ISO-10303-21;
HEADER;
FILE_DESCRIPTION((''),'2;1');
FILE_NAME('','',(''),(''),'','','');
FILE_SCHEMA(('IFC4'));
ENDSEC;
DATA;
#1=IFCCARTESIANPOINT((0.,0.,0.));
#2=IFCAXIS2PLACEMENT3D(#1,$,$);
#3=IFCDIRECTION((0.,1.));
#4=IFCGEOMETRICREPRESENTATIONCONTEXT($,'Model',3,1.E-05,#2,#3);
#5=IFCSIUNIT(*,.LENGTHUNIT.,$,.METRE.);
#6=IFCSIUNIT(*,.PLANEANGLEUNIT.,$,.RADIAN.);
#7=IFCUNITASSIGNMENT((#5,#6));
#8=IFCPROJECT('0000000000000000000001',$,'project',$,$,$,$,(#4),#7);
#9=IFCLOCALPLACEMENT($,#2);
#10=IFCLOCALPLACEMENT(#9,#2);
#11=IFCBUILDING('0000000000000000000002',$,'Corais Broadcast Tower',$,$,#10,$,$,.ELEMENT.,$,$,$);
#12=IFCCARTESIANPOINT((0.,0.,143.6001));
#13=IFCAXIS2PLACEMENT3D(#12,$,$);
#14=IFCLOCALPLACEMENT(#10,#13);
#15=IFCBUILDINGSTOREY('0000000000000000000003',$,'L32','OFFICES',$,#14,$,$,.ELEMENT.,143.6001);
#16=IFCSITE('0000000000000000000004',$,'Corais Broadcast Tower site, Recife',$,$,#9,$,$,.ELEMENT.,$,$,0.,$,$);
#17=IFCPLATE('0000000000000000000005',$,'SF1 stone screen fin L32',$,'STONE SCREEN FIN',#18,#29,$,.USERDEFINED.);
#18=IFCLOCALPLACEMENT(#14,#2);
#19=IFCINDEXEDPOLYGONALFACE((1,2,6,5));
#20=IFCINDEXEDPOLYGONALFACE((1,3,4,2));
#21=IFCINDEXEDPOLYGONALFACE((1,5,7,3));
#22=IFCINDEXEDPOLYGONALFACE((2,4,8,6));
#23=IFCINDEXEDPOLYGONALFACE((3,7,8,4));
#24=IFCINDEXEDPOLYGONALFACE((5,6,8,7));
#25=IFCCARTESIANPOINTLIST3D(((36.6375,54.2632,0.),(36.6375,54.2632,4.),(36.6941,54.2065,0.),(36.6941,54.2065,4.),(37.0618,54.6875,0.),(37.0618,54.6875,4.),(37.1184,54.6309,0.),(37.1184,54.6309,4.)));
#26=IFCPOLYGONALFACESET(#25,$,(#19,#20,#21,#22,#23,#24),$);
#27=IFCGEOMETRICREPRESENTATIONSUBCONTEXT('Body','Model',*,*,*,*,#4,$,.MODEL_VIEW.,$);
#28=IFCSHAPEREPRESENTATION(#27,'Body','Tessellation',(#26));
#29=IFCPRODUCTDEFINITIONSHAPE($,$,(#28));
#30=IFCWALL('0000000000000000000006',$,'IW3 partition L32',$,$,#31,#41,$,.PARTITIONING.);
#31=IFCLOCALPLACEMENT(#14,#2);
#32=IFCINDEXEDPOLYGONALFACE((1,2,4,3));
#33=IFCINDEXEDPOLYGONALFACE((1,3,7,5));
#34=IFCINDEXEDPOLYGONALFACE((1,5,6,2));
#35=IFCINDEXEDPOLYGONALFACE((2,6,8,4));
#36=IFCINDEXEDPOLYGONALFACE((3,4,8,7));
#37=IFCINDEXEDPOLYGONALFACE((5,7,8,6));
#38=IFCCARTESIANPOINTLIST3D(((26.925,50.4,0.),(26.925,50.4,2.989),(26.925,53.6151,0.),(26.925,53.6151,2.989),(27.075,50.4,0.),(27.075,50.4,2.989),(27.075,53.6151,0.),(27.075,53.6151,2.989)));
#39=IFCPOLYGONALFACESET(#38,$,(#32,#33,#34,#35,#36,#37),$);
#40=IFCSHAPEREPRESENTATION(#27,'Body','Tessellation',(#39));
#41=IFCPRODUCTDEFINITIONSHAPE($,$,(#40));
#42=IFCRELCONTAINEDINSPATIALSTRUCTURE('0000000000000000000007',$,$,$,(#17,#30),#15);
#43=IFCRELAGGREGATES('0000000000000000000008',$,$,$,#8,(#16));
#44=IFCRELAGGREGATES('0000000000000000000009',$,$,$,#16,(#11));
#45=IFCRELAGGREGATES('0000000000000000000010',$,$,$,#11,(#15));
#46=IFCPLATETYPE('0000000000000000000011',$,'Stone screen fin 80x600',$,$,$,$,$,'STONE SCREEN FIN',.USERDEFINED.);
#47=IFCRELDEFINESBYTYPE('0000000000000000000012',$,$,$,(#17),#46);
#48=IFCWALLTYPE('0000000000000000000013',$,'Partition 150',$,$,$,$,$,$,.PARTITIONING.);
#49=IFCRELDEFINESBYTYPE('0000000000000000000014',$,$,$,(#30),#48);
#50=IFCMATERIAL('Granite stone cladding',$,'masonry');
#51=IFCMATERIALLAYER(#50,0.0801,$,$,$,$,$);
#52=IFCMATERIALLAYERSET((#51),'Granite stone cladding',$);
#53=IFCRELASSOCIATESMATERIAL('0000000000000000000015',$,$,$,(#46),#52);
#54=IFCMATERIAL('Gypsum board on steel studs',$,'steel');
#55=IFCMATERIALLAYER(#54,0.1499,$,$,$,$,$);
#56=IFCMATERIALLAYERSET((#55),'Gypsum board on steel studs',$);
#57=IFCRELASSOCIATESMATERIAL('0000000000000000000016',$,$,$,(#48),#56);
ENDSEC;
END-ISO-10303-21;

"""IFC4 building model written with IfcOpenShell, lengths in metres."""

from ifc_helpers import new_model, si_unit, direction, frame, frame_2d, origin, origin_2d, place, context, subcontext, project, spatial, rectangle, extrude, material, layer, layer_set, type_object, element, save


model = new_model("IFC4")

# Units and contexts
model_context = context("Model", 3, precision=1e-05, world=origin(), true_north=direction((0.0, 1.0)))
body_context = subcontext(model_context, "Body", "Model", "MODEL_VIEW")
ifc_project = project(units=[si_unit("LENGTHUNIT", "METRE"), si_unit("PLANEANGLEUNIT", "RADIAN")], contexts=[model_context])

# Site, building, storey
site_placement = place(None, origin())
site = spatial("IfcSite", under=ifc_project, at=site_placement, Name="Corais Broadcast Tower site, Recife", CompositionType="ELEMENT", RefElevation=0.0)
building_placement = place(site_placement, origin())
building = spatial("IfcBuilding", under=site, at=building_placement, Name="Corais Broadcast Tower", CompositionType="ELEMENT")
storey_placement = place(building_placement, frame((0.0, 0.0, 143.6001)))
storey = spatial("IfcBuildingStorey", under=building, at=storey_placement, Name="L32", Description="OFFICES", CompositionType="ELEMENT", Elevation=143.6001)

# Plate
ifc_material_1 = material(Name="Granite stone cladding", Category="masonry")
ifc_layer_1 = layer(ifc_material_1, 0.0801)
ifc_layer_set_1 = layer_set([ifc_layer_1], Name="Granite stone cladding")
plate_type_1 = type_object("IfcPlateType", Name="Stone screen fin 80x600", ElementType="STONE SCREEN FIN", PredefinedType="USERDEFINED", material=ifc_layer_set_1)
plate_1_placement = place(storey_placement, frame((36.8779, 54.447, 0.0), z_axis=(0.0, 0.0, 1.0), x_axis=(0.707107, -0.707107, 0.0)))
element("IfcPlate", 1, at=plate_1_placement, inside=storey, type_object=plate_type_1, Name="SF1 stone screen fin L32", ObjectType="STONE SCREEN FIN", PredefinedType="USERDEFINED", context=body_context, shape_type="SweptSolid", body=[
    extrude(rectangle(XDim=0.0801, YDim=0.6001, at=origin_2d()), origin(), (0.0, 0.0, 1.0), 4.0),
])

# Wall
ifc_material_2 = material(Name="Gypsum board on steel studs", Category="steel")
ifc_layer_2 = layer(ifc_material_2, 0.1499)
ifc_layer_set_2 = layer_set([ifc_layer_2], Name="Gypsum board on steel studs")
wall_type = type_object("IfcWallType", Name="Partition 150", PredefinedType="PARTITIONING", material=ifc_layer_set_2)
wall_placement = place(storey_placement, frame((27.0, 53.615, 0.0), z_axis=(0.0, 0.0, 1.0), x_axis=(0.0, -1.0, 0.0)))
element("IfcWall", 2, at=wall_placement, inside=storey, type_object=wall_type, Name="IW3 partition L32", PredefinedType="PARTITIONING", context=body_context, shape_type="SweptSolid", body=[
    extrude(rectangle(XDim=3.2151, YDim=0.1499, at=frame_2d((1.6074, 0.0))), origin(), (0.0, 0.0, 1.0), 2.989),
])

save(model, "model.ifc")
